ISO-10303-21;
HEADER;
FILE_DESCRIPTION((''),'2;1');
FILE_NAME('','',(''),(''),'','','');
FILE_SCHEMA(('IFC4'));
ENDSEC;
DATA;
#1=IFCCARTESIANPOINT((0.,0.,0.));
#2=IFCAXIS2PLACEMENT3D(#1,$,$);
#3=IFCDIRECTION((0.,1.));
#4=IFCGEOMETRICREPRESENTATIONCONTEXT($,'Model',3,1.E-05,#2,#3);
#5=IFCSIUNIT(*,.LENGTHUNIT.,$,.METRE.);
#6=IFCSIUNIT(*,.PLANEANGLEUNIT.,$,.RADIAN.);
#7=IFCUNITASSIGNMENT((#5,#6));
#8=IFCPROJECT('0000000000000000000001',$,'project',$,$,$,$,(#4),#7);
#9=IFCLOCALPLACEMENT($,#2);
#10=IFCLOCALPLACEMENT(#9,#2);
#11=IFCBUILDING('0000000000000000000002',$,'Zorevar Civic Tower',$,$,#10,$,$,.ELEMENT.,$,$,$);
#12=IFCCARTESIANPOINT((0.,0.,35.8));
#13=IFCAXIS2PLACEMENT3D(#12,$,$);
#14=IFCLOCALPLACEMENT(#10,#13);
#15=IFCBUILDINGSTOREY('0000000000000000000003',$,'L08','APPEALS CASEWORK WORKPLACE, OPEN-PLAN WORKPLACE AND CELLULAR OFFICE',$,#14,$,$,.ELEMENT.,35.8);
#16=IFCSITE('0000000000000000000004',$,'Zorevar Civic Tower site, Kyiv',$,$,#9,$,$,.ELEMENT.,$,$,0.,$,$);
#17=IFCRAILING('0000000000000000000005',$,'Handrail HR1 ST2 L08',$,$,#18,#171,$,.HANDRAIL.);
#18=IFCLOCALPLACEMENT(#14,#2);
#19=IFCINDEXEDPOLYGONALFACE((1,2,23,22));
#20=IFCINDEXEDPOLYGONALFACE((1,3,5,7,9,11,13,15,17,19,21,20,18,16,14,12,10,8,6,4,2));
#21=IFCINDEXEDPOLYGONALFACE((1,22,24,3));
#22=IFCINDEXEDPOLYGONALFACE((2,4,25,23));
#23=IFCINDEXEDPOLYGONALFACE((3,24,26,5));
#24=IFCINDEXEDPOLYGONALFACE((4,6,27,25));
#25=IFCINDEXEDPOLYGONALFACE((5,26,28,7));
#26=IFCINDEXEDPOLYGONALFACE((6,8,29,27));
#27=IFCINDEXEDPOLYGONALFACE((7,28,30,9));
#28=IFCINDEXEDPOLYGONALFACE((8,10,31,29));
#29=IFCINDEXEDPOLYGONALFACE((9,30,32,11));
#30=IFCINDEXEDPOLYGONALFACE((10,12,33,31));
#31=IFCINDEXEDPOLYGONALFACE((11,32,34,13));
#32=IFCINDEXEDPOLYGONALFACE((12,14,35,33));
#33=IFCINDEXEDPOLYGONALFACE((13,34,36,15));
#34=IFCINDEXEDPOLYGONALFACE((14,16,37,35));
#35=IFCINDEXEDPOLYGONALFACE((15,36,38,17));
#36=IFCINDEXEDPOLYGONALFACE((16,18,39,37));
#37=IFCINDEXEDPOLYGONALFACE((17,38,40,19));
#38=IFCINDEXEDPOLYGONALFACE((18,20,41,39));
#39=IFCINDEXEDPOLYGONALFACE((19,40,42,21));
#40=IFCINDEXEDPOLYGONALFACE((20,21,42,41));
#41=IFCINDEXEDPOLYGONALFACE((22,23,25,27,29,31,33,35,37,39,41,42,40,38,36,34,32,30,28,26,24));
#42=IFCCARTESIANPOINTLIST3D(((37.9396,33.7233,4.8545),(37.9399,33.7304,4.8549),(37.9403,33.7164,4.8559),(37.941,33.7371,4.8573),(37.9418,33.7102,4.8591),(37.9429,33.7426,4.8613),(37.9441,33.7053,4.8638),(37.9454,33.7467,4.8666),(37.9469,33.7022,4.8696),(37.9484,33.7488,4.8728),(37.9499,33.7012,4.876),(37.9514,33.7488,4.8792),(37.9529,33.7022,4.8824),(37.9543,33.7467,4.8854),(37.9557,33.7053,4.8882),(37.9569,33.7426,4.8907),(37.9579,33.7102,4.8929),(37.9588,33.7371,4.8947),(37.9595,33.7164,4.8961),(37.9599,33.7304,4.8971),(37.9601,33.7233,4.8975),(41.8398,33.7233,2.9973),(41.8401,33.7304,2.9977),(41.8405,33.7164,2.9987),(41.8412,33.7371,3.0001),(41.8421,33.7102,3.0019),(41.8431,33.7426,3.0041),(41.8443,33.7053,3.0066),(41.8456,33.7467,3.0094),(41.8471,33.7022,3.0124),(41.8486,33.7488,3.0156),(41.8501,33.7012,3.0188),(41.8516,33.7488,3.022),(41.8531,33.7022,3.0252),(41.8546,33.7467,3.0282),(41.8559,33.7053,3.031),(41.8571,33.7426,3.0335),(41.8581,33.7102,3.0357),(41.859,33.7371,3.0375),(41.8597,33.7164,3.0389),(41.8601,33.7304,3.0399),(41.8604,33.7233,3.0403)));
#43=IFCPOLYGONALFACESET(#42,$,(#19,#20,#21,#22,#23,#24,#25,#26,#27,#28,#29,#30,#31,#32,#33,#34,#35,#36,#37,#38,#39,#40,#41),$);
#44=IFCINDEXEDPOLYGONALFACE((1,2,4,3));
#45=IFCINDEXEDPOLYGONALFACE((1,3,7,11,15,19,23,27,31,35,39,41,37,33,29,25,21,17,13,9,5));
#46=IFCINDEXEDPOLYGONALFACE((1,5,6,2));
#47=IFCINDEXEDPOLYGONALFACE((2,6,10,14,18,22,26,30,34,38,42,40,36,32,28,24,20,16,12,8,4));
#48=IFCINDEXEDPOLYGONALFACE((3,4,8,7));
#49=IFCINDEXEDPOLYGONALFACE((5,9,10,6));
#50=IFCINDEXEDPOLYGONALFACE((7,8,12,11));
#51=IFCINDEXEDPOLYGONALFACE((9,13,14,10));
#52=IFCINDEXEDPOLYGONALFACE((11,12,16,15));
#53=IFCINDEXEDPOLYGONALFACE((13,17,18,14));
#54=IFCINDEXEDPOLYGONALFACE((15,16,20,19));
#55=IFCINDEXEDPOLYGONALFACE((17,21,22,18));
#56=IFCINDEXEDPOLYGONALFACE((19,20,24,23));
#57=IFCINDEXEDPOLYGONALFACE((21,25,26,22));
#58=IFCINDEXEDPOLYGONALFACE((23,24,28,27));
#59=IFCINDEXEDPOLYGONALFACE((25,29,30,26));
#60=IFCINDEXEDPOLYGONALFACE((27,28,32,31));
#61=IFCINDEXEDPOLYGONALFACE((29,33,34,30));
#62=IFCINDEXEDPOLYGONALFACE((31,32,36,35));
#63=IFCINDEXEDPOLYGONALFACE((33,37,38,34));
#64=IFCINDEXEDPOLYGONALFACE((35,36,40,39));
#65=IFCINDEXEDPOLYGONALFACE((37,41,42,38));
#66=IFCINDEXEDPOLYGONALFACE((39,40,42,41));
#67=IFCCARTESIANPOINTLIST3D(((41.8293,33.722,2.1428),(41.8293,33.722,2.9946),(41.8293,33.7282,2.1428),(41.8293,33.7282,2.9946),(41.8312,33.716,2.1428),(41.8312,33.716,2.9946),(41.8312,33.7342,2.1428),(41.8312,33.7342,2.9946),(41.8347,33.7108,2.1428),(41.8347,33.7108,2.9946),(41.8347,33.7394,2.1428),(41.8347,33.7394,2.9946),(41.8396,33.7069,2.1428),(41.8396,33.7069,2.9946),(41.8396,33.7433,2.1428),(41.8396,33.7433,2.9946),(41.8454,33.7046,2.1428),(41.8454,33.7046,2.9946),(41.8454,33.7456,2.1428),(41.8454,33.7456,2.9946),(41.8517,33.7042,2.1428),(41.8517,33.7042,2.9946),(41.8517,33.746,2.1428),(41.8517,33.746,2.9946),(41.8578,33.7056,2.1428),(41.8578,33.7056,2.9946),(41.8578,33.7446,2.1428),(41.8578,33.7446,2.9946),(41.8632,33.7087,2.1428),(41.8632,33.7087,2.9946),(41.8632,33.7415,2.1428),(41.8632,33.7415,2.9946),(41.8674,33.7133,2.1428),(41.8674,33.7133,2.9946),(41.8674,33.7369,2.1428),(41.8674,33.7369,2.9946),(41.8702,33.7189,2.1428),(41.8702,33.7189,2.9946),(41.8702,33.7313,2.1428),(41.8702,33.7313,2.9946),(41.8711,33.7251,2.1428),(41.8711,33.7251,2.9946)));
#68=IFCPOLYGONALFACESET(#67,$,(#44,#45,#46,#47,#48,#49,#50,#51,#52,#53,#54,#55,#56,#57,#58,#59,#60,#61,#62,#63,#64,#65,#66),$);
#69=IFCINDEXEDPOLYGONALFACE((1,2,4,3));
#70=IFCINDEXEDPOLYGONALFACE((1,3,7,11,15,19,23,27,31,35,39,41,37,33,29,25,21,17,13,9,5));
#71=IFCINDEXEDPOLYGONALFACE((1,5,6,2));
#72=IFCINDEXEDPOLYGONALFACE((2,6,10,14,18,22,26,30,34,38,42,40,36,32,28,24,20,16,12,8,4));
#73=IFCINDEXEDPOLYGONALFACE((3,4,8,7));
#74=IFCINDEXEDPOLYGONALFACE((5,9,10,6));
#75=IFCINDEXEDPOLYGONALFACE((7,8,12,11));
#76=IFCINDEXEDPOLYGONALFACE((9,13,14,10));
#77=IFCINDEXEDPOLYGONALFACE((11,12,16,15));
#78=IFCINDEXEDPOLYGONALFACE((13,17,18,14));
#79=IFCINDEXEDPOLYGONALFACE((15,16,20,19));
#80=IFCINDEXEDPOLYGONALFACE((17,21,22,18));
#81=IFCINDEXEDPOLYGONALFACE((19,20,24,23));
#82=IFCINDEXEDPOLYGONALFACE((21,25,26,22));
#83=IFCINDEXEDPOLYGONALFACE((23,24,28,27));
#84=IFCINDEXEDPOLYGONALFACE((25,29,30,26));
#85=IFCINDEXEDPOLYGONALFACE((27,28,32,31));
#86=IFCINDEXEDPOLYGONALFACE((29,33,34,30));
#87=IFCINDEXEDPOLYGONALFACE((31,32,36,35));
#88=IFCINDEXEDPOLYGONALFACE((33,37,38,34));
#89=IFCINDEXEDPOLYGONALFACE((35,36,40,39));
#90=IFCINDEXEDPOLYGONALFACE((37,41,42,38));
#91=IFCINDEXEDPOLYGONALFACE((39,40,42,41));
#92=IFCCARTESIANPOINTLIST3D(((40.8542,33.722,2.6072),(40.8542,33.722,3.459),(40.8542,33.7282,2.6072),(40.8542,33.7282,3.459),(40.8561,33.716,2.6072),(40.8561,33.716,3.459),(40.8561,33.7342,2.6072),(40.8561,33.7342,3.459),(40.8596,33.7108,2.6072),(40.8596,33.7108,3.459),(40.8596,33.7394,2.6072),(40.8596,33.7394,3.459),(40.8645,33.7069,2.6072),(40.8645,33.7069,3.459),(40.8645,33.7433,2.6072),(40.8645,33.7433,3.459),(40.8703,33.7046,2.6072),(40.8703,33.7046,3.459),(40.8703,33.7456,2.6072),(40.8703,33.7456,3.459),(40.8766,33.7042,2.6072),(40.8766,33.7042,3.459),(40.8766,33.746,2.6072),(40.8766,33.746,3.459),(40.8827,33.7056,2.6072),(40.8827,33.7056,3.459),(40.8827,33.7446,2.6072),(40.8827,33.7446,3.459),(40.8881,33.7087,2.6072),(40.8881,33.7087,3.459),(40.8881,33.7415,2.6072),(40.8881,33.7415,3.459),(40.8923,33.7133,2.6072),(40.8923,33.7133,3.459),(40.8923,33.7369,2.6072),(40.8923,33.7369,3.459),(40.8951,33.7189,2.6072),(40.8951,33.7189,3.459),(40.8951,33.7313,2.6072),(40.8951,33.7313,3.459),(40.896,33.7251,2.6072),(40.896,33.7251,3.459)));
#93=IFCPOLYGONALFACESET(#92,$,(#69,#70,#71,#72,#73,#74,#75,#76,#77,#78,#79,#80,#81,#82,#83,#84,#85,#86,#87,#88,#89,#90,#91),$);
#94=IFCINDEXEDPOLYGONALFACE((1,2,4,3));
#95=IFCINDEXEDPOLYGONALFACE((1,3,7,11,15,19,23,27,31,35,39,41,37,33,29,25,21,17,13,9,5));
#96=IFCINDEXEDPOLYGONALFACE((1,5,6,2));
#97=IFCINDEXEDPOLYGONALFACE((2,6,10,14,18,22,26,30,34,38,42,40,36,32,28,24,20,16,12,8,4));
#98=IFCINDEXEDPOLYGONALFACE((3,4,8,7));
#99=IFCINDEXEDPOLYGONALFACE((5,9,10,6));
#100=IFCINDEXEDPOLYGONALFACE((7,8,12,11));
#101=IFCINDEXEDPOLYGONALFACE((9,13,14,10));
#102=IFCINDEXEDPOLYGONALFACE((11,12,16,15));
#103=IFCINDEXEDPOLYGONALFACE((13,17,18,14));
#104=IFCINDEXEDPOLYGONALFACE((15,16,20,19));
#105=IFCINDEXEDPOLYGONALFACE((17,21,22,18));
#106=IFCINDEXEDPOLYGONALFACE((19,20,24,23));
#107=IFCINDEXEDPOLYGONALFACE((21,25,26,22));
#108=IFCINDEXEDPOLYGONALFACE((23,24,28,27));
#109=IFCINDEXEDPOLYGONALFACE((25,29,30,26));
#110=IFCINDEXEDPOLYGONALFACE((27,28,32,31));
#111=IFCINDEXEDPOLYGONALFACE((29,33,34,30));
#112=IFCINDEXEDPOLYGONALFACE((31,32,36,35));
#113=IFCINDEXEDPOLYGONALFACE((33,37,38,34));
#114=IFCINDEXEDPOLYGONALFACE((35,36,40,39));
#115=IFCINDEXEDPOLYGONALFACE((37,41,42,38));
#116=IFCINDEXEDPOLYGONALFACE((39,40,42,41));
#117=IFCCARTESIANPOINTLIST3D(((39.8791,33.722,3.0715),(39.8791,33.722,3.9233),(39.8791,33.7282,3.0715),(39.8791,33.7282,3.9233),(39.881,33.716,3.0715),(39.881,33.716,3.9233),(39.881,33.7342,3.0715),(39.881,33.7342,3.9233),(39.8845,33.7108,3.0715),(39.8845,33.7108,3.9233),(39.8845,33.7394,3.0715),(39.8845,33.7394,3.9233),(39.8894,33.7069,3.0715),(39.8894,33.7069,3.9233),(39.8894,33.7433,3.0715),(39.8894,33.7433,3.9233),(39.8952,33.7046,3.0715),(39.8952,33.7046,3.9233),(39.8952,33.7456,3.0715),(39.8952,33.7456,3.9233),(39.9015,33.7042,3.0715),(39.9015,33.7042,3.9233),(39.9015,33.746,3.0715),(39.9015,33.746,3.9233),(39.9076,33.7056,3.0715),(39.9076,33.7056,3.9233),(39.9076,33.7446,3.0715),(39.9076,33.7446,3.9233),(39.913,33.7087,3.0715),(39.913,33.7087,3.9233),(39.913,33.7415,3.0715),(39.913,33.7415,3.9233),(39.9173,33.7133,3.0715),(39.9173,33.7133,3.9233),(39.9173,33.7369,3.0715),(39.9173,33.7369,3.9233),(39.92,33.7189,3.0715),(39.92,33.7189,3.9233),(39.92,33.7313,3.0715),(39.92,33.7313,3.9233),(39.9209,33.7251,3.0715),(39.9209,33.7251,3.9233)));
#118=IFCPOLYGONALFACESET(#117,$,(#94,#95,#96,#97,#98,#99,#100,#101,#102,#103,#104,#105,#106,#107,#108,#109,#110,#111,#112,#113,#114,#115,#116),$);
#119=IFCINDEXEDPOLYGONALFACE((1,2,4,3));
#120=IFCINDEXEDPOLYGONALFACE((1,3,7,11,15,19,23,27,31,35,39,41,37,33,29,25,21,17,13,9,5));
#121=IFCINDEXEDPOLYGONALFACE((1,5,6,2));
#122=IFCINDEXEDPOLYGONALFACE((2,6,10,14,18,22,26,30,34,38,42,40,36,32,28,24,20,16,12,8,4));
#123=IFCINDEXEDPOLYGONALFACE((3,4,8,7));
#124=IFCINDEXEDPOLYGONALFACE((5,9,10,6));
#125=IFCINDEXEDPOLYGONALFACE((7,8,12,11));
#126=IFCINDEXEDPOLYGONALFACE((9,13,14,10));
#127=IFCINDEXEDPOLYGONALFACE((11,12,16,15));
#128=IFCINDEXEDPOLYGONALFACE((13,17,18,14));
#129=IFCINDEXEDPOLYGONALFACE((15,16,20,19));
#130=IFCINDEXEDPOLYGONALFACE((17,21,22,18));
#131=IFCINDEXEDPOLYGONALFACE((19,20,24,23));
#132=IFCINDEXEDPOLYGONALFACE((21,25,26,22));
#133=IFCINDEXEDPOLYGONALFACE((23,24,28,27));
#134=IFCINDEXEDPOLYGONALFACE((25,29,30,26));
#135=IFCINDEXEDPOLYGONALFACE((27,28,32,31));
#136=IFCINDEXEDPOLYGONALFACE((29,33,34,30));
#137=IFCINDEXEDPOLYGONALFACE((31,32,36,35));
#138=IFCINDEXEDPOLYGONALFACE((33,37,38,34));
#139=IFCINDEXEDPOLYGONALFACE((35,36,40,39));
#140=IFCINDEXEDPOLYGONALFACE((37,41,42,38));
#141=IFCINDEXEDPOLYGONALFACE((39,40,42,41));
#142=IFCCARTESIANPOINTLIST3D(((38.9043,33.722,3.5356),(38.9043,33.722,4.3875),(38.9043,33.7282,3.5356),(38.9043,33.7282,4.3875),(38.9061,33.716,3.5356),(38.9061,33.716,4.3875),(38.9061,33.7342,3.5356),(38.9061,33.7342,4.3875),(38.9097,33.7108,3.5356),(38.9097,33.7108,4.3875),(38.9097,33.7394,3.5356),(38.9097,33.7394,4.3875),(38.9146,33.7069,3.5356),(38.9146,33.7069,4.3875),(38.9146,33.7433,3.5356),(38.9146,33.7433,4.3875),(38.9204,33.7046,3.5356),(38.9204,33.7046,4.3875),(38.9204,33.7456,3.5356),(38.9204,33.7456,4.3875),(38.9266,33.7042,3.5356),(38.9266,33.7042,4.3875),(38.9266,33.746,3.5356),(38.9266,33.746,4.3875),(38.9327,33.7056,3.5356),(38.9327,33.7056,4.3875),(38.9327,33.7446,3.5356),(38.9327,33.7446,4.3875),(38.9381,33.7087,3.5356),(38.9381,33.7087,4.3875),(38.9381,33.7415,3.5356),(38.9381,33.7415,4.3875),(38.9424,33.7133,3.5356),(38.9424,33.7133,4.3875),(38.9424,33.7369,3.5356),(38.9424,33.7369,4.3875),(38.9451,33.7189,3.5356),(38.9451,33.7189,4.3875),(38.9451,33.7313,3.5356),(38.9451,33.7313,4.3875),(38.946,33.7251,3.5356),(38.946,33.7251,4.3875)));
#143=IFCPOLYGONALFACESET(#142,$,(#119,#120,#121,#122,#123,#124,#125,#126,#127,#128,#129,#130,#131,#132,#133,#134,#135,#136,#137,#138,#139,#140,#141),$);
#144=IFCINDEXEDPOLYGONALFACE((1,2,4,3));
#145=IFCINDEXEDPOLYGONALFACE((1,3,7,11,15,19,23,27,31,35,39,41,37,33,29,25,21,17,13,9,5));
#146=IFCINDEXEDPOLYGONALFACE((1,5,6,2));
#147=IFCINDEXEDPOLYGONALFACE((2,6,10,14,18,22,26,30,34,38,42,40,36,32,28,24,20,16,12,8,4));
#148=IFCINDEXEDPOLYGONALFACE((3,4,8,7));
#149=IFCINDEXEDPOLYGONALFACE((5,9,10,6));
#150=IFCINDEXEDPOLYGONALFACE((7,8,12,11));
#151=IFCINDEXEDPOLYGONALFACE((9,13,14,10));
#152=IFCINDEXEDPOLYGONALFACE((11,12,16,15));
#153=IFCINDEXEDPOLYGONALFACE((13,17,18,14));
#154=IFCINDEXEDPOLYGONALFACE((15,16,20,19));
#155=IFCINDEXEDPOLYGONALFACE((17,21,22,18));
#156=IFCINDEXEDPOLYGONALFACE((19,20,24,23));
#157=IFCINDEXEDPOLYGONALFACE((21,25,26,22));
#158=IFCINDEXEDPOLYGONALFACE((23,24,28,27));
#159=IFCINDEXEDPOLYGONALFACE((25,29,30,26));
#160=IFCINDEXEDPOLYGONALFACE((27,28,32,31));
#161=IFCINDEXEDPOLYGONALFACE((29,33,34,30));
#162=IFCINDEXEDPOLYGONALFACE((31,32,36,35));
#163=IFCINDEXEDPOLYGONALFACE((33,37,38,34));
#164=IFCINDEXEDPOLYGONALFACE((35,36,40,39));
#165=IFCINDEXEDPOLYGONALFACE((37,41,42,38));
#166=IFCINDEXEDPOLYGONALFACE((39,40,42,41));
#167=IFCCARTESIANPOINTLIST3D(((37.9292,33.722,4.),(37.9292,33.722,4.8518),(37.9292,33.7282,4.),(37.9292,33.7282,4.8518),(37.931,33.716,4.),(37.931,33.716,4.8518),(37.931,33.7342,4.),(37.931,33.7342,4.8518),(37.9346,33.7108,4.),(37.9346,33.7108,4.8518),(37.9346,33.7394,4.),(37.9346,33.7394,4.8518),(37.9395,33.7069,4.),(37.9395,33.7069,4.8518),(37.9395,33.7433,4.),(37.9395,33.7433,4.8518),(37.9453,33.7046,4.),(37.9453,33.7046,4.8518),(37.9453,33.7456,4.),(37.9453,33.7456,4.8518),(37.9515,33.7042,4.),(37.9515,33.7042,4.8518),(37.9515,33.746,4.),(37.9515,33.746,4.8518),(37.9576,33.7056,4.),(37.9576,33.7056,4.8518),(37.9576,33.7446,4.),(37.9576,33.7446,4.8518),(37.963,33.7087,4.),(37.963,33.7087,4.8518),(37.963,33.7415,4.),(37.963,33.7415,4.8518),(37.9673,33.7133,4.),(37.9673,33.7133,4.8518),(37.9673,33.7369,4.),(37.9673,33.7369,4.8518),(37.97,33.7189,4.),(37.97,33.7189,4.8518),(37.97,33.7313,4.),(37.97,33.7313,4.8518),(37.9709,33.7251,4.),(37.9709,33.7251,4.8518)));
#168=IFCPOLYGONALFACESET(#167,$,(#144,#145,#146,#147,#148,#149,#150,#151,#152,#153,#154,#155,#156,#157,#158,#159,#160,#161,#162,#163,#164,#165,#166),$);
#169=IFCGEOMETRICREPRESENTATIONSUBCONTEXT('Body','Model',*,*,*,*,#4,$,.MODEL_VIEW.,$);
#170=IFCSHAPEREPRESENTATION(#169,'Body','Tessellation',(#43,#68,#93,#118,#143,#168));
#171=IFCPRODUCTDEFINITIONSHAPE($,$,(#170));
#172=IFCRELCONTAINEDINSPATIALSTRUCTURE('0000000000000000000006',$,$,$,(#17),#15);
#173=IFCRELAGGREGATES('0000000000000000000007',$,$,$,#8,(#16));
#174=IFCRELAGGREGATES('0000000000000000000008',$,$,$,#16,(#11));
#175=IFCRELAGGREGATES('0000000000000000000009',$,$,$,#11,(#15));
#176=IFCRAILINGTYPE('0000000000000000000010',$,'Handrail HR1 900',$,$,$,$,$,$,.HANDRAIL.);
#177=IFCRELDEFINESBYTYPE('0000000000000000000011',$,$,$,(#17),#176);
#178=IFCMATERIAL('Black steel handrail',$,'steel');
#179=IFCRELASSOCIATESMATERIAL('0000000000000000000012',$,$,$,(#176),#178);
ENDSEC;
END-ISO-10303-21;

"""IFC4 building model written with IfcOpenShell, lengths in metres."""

from ifc_helpers import new_model, si_unit, direction, frame, origin, origin_2d, place, context, subcontext, project, spatial, circle, extrude, material, type_object, element, save


model = new_model("IFC4")

# Units and contexts
model_context = context("Model", 3, precision=1e-05, world=origin(), true_north=direction((0.0, 1.0)))
body_context = subcontext(model_context, "Body", "Model", "MODEL_VIEW")
ifc_project = project(units=[si_unit("LENGTHUNIT", "METRE"), si_unit("PLANEANGLEUNIT", "RADIAN")], contexts=[model_context])

# Site, building, storey
site_placement = place(None, origin())
site = spatial("IfcSite", under=ifc_project, at=site_placement, Name="Zorevar Civic Tower site, Kyiv", CompositionType="ELEMENT", RefElevation=0.0)
building_placement = place(site_placement, origin())
building = spatial("IfcBuilding", under=site, at=building_placement, Name="Zorevar Civic Tower", CompositionType="ELEMENT")
storey_placement = place(building_placement, frame((0.0, 0.0, 35.8)))
storey = spatial("IfcBuildingStorey", under=building, at=storey_placement, Name="L08", Description="APPEALS CASEWORK WORKPLACE, OPEN-PLAN WORKPLACE AND CELLULAR OFFICE", CompositionType="ELEMENT", Elevation=35.8)

# Railing
ifc_material_1 = material(Name="Black steel handrail", Category="steel")
railing_type = type_object("IfcRailingType", Name="Handrail HR1 900", PredefinedType="HANDRAIL", material=ifc_material_1)
railing_1_placement = place(storey_placement, frame((41.8501, 33.7251, 2.1428)))
element("IfcRailing", 1, at=railing_1_placement, inside=storey, type_object=railing_type, Name="Handrail HR1 ST2 L08", PredefinedType="HANDRAIL", context=body_context, shape_type="SweptSolid", body=[
    extrude(circle(Radius=0.0239, at=origin_2d()), frame((0.0, 0.0, 0.876), z_axis=(-0.902864, 0.0, 0.429927), x_axis=(0.0, -1.0, 0.0)), (0.0, 0.0, 1.0), 4.3198),
    extrude(circle(Radius=0.021, at=origin_2d()), origin(), (0.0, 0.0, 1.0), 0.8518),
    extrude(circle(Radius=0.021, at=origin_2d()), frame((-0.9751, 0.0, 0.4644)), (0.0, 0.0, 1.0), 0.8518),
    extrude(circle(Radius=0.021, at=origin_2d()), frame((-1.9502, 0.0, 0.9287)), (0.0, 0.0, 1.0), 0.8518),
    extrude(circle(Radius=0.021, at=origin_2d()), frame((-2.925, 0.0, 1.3928)), (0.0, 0.0, 1.0), 0.8518),
    extrude(circle(Radius=0.021, at=origin_2d()), frame((-3.9001, 0.0, 1.8572)), (0.0, 0.0, 1.0), 0.8518),
])

save(model, "model.ifc")
